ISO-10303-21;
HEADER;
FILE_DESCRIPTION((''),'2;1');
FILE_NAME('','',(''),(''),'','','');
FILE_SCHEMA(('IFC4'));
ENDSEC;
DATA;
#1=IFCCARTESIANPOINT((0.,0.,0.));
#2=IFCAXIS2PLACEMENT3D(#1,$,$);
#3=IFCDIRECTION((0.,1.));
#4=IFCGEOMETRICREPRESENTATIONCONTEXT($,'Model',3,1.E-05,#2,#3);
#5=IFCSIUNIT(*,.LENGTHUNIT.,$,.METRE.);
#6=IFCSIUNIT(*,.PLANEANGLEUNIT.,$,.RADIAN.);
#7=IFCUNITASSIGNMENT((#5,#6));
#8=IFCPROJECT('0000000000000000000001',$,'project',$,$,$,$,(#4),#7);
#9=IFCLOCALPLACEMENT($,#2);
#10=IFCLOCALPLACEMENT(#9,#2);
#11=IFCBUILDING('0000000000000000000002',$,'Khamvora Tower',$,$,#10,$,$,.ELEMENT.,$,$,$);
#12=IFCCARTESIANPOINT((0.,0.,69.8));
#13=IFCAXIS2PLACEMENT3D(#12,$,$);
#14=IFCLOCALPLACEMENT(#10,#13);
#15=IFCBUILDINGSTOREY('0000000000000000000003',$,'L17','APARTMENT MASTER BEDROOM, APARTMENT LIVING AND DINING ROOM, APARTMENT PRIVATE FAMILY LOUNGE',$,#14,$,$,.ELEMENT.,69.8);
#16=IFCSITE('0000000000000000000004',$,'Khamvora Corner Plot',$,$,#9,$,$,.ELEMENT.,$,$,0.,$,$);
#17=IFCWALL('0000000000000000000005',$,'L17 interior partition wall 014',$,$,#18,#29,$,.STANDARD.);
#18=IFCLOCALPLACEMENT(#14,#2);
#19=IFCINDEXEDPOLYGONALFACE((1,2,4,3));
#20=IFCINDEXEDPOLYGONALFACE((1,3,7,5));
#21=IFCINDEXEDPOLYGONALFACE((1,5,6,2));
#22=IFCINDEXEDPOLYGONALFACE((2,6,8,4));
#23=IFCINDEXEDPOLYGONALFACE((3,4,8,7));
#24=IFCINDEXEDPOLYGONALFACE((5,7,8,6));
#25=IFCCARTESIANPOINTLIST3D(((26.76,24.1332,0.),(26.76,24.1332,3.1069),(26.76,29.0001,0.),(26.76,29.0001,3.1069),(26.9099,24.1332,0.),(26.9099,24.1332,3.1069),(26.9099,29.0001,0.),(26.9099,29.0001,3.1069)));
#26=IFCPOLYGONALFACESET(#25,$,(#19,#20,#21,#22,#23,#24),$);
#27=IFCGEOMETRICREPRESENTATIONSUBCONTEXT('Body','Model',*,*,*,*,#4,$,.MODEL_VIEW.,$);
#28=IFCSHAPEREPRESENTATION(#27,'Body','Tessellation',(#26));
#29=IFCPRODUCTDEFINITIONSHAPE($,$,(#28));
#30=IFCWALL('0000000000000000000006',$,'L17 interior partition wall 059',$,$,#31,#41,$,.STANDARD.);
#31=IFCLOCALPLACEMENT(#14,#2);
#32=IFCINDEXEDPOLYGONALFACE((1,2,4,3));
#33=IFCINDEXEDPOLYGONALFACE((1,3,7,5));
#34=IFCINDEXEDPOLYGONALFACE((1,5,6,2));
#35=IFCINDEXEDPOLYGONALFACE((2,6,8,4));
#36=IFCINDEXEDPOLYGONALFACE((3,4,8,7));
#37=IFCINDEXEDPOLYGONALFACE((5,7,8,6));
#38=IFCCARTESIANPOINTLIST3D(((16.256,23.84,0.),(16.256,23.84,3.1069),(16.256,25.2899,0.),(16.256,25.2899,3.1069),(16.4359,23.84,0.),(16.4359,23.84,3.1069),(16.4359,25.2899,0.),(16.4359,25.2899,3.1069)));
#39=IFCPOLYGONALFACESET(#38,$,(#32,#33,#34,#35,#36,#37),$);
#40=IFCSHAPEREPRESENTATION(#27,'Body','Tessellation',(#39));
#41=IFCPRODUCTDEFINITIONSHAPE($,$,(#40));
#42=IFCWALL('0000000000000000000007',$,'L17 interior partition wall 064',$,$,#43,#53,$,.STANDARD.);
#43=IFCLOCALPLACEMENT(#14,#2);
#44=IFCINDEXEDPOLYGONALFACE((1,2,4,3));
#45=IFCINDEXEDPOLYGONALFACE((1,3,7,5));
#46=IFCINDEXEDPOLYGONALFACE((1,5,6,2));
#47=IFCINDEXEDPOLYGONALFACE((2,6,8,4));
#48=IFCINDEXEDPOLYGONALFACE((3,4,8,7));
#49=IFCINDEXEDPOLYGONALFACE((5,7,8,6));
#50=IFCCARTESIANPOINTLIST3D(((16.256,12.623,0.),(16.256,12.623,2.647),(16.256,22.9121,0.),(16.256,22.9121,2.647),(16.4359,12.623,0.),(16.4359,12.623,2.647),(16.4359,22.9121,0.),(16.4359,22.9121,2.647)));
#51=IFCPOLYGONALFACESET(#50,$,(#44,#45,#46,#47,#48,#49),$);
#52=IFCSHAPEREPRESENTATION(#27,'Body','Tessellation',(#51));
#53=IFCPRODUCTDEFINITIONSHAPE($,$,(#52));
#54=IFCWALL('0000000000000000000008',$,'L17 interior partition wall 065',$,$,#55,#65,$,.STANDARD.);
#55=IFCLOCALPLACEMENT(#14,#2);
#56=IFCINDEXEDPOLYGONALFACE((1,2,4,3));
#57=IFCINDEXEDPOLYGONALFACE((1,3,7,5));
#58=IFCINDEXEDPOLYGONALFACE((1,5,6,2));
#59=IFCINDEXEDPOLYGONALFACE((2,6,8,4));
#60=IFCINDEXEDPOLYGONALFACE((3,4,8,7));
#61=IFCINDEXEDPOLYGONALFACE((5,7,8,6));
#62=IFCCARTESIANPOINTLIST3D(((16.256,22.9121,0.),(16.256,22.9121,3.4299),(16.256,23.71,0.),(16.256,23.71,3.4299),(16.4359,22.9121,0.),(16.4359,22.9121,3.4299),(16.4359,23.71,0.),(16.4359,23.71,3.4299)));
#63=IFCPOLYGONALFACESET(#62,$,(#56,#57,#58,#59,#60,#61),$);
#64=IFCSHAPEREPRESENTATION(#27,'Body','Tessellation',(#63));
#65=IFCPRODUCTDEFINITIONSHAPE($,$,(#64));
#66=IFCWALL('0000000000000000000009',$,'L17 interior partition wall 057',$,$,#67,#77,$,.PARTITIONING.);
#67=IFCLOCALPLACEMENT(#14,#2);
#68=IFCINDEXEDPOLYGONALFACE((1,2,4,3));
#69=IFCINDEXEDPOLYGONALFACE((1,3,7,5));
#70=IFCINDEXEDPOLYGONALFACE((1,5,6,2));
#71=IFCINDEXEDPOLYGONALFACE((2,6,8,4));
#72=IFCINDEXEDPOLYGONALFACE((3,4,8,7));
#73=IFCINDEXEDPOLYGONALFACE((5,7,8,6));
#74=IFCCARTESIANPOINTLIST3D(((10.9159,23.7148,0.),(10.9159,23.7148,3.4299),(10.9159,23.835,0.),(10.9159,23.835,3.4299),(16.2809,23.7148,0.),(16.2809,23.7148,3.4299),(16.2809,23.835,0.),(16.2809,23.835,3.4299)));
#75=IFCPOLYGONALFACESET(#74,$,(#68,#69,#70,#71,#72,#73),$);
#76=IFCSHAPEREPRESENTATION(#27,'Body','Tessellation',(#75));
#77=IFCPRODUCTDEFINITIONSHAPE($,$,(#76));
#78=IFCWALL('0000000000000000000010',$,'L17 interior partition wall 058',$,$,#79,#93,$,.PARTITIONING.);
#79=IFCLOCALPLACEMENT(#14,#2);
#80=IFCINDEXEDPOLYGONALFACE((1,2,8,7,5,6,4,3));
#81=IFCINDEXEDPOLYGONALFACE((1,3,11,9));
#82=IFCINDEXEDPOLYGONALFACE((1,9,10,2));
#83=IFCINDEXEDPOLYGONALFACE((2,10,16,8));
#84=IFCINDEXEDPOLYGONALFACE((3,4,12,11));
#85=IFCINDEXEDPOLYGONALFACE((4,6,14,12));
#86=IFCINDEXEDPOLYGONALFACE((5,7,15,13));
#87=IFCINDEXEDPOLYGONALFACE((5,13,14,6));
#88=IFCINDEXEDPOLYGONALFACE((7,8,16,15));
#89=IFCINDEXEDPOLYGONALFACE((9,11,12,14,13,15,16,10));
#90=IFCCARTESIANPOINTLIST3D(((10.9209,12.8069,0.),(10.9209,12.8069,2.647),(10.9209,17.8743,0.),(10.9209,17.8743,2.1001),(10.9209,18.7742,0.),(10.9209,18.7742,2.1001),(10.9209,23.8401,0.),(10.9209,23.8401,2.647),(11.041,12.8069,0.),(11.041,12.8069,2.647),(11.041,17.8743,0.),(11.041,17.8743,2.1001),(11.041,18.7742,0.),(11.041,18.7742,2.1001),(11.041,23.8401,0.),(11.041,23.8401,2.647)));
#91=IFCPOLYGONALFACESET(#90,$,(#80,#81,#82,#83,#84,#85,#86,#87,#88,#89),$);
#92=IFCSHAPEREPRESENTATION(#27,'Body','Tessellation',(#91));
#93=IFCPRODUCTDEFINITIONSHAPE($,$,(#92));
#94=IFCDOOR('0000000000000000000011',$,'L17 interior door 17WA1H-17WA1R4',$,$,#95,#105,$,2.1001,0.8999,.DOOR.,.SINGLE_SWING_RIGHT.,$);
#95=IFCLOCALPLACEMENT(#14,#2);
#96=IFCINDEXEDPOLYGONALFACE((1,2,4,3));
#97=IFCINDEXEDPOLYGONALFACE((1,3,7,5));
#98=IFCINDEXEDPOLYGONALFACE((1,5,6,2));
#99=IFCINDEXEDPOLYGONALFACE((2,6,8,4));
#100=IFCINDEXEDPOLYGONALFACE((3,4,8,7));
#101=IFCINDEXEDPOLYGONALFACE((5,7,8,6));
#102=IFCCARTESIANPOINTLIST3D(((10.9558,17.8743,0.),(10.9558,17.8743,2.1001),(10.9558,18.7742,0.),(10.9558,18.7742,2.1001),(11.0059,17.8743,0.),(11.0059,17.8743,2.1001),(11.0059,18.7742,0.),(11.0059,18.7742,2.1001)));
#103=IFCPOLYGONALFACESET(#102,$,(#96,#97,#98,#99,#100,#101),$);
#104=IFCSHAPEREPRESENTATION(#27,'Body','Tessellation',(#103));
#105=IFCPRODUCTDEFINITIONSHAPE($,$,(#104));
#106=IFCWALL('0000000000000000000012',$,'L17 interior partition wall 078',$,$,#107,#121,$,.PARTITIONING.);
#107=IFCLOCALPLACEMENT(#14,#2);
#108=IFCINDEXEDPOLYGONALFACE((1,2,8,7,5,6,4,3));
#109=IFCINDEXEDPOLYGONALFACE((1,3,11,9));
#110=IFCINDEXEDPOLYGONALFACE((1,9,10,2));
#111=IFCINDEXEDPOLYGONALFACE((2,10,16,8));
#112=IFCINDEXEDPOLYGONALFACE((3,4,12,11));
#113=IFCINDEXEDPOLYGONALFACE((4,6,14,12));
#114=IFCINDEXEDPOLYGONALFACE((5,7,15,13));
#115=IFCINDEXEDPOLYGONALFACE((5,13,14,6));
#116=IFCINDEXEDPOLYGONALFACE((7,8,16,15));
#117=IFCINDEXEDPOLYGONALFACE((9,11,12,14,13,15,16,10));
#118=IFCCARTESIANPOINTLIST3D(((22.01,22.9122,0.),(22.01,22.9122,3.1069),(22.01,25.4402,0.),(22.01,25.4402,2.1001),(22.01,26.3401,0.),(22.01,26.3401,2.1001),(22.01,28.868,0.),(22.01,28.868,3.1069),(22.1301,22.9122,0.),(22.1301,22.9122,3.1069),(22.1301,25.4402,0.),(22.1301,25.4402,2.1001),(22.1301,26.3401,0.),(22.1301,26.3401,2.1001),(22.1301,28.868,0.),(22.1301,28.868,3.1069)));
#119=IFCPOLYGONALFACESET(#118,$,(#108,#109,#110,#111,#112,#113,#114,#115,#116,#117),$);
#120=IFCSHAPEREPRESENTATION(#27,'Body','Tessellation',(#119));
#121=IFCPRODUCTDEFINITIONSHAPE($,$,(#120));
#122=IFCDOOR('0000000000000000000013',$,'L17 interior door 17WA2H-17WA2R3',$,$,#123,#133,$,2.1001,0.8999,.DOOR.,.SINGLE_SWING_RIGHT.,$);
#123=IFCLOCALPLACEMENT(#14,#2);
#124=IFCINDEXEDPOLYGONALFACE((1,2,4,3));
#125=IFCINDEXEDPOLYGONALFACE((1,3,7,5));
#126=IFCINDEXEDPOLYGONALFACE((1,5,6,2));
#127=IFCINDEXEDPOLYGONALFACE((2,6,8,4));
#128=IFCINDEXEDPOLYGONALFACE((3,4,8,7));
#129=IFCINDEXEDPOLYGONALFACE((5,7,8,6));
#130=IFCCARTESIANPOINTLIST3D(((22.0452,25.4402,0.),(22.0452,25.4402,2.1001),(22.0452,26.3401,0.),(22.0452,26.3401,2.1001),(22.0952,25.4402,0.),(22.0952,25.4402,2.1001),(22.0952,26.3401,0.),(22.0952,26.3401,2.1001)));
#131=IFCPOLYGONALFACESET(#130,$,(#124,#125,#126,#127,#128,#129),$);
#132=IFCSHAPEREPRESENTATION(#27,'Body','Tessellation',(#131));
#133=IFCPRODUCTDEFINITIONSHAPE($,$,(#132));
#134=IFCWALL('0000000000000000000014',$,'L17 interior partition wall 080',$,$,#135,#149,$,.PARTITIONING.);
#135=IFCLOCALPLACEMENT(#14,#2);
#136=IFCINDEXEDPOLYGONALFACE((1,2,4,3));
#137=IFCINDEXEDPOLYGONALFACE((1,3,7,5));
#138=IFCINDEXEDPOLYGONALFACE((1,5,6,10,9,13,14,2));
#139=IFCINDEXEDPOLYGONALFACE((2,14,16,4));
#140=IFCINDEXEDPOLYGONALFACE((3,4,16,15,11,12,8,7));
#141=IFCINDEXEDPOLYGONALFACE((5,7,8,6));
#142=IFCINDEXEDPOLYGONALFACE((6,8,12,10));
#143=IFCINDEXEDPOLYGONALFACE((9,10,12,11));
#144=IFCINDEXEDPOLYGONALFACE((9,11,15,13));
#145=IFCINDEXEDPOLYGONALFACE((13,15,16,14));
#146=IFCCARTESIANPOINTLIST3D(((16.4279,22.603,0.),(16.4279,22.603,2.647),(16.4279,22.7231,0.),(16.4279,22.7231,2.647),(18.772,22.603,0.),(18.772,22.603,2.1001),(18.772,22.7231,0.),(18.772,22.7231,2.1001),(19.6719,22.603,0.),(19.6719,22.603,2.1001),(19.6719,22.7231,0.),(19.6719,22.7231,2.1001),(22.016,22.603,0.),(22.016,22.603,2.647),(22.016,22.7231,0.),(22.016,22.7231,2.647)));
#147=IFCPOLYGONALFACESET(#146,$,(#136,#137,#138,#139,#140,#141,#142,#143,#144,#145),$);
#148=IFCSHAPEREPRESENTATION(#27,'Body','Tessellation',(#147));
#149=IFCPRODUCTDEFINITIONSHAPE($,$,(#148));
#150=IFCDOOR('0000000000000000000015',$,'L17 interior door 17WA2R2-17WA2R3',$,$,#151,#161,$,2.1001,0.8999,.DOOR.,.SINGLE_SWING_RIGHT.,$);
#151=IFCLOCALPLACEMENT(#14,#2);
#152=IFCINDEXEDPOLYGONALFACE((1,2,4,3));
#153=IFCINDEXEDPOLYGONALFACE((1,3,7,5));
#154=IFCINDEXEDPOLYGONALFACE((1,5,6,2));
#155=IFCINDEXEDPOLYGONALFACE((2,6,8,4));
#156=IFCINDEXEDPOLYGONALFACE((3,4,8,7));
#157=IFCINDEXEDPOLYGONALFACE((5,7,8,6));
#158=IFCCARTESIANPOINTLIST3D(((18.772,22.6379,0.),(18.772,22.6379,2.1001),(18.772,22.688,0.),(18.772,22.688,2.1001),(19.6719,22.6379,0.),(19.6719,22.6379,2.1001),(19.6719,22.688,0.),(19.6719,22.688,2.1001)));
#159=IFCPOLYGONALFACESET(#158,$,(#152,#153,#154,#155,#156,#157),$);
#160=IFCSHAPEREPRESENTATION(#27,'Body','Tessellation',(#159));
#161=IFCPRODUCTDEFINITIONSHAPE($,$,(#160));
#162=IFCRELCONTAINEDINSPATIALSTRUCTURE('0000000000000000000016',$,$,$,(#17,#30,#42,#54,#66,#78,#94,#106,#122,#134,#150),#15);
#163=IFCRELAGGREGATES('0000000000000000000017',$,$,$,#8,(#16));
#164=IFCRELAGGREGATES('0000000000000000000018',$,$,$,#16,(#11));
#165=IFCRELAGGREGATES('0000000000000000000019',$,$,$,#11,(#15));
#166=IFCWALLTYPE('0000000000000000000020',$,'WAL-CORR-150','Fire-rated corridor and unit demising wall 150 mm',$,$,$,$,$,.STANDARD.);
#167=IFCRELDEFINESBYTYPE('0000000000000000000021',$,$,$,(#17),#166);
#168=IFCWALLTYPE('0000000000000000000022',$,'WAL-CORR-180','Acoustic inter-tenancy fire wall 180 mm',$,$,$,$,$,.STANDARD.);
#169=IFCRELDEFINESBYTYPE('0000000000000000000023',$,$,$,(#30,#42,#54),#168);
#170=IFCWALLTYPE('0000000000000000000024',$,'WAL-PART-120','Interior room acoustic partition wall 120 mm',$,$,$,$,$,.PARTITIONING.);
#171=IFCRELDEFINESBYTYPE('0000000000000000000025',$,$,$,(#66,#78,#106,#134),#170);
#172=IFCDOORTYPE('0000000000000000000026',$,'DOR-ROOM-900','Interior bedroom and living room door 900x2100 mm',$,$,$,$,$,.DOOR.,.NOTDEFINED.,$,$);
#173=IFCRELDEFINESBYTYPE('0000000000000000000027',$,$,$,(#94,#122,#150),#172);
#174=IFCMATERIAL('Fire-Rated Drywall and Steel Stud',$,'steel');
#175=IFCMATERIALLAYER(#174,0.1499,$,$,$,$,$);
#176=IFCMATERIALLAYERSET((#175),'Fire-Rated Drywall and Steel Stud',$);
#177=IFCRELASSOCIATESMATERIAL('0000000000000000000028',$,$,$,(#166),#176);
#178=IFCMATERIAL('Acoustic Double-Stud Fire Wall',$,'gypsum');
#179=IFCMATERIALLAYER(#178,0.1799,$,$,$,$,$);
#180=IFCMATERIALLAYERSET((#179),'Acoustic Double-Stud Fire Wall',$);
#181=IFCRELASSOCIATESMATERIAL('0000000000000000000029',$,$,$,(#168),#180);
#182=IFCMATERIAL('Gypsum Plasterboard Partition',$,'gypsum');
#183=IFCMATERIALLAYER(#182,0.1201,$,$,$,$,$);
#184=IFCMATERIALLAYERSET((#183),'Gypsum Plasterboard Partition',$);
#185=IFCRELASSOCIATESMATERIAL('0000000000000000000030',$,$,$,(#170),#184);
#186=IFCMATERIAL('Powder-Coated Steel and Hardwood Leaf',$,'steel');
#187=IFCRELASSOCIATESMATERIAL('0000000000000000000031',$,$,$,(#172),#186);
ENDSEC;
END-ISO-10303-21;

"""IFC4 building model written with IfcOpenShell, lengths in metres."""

from ifc_helpers import new_model, si_unit, direction, frame, frame_2d, origin, place, context, subcontext, project, spatial, rectangle, extrude, material, layer, layer_set, type_object, element, fill, save


model = new_model("IFC4")

# Units and contexts
model_context = context("Model", 3, precision=1e-05, world=origin(), true_north=direction((0.0, 1.0)))
body_context = subcontext(model_context, "Body", "Model", "MODEL_VIEW")
ifc_project = project(units=[si_unit("LENGTHUNIT", "METRE"), si_unit("PLANEANGLEUNIT", "RADIAN")], contexts=[model_context])

# Site, building, storey
site_placement = place(None, origin())
site = spatial("IfcSite", under=ifc_project, at=site_placement, Name="Khamvora Corner Plot", CompositionType="ELEMENT", RefElevation=0.0)
building_placement = place(site_placement, origin())
building = spatial("IfcBuilding", under=site, at=building_placement, Name="Khamvora Tower", CompositionType="ELEMENT")
storey_placement = place(building_placement, frame((0.0, 0.0, 69.8)))
storey = spatial("IfcBuildingStorey", under=building, at=storey_placement, Name="L17", Description="APARTMENT MASTER BEDROOM, APARTMENT LIVING AND DINING ROOM, APARTMENT PRIVATE FAMILY LOUNGE", CompositionType="ELEMENT", Elevation=69.8)

# Shared definitions
ifc_material_1 = material(Name="Fire-Rated Drywall and Steel Stud", Category="steel")
ifc_layer_1 = layer(ifc_material_1, 0.1499)
ifc_layer_set_1 = layer_set([ifc_layer_1], Name="Fire-Rated Drywall and Steel Stud")
wall_type_1 = type_object("IfcWallType", Name="WAL-CORR-150", Description="Fire-rated corridor and unit demising wall 150 mm", PredefinedType="STANDARD", material=ifc_layer_set_1)
ifc_material_2 = material(Name="Powder-Coated Steel and Hardwood Leaf", Category="steel")

# Walls
wall_1_placement = place(storey_placement, frame((26.835, 24.1331, 0.0), z_axis=(0.0, 0.0, 1.0), x_axis=(0.0, 1.0, 0.0)))
element("IfcWall", 1, at=wall_1_placement, inside=storey, type_object=wall_type_1, Name="L17 interior partition wall 014", PredefinedType="STANDARD", context=body_context, shape_type="SweptSolid", body=[
    extrude(rectangle(XDim=4.8669, YDim=0.1499, at=frame_2d((2.4336, 0.0))), origin(), (0.0, 0.0, 1.0), 3.1069),
])
ifc_material_3 = material(Name="Acoustic Double-Stud Fire Wall", Category="gypsum")
ifc_layer_2 = layer(ifc_material_3, 0.1799)
ifc_layer_set_2 = layer_set([ifc_layer_2], Name="Acoustic Double-Stud Fire Wall")
wall_type_2 = type_object("IfcWallType", Name="WAL-CORR-180", Description="Acoustic inter-tenancy fire wall 180 mm", PredefinedType="STANDARD", material=ifc_layer_set_2)
wall_2_placement = place(storey_placement, frame((16.3459, 25.29, 0.0), z_axis=(0.0, 0.0, 1.0), x_axis=(0.0, -1.0, 0.0)))
element("IfcWall", 2, at=wall_2_placement, inside=storey, type_object=wall_type_2, Name="L17 interior partition wall 059", PredefinedType="STANDARD", context=body_context, shape_type="SweptSolid", body=[
    extrude(rectangle(XDim=1.45, YDim=0.1799, at=frame_2d((0.7251, 0.0))), origin(), (0.0, 0.0, 1.0), 3.1069),
])
wall_3_placement = place(storey_placement, frame((16.3459, 22.9121, 0.0), z_axis=(0.0, 0.0, 1.0), x_axis=(0.0, -1.0, 0.0)))
element("IfcWall", 3, at=wall_3_placement, inside=storey, type_object=wall_type_2, Name="L17 interior partition wall 064", PredefinedType="STANDARD", context=body_context, shape_type="SweptSolid", body=[
    extrude(rectangle(XDim=10.2891, YDim=0.1799, at=frame_2d((5.1445, 0.0))), origin(), (0.0, 0.0, 1.0), 2.647),
])
wall_4_placement = place(storey_placement, frame((16.3459, 23.71, 0.0), z_axis=(0.0, 0.0, 1.0), x_axis=(0.0, -1.0, 0.0)))
element("IfcWall", 4, at=wall_4_placement, inside=storey, type_object=wall_type_2, Name="L17 interior partition wall 065", PredefinedType="STANDARD", context=body_context, shape_type="SweptSolid", body=[
    extrude(rectangle(XDim=0.7979, YDim=0.1799, at=frame_2d((0.3989, 0.0))), origin(), (0.0, 0.0, 1.0), 3.4299),
])
ifc_material_4 = material(Name="Gypsum Plasterboard Partition", Category="gypsum")
ifc_layer_3 = layer(ifc_material_4, 0.1201)
ifc_layer_set_3 = layer_set([ifc_layer_3], Name="Gypsum Plasterboard Partition")
wall_type_3 = type_object("IfcWallType", Name="WAL-PART-120", Description="Interior room acoustic partition wall 120 mm", PredefinedType="PARTITIONING", material=ifc_layer_set_3)
wall_5_placement = place(storey_placement, frame((16.281, 23.7749, 0.0), z_axis=(0.0, 0.0, 1.0), x_axis=(-1.0, 0.0, 0.0)))
element("IfcWall", 5, at=wall_5_placement, inside=storey, type_object=wall_type_3, Name="L17 interior partition wall 057", PredefinedType="PARTITIONING", context=body_context, shape_type="SweptSolid", body=[
    extrude(rectangle(XDim=5.365, YDim=0.1201, at=frame_2d((2.6826, 0.0))), origin(), (0.0, 0.0, 1.0), 3.4299),
])

# Walls, openings, doors
wall_6_placement = place(storey_placement, frame((10.981, 23.8401, 0.0), z_axis=(0.0, 0.0, 1.0), x_axis=(0.0, -1.0, 0.0)))
wall_6 = element("IfcWall", 6, at=wall_6_placement, inside=storey, type_object=wall_type_3, Name="L17 interior partition wall 058", PredefinedType="PARTITIONING", context=body_context, shape_type="SweptSolid", body=[
    extrude(rectangle(XDim=11.0332, YDim=0.1201, at=frame_2d((5.5166, 0.0))), origin(), (0.0, 0.0, 1.0), 2.647),
])
opening_1_placement = place(wall_6_placement, frame((5.0659, 0.0, 0.0)))
opening_1 = element("IfcOpeningElement", 7, at=opening_1_placement, cuts=wall_6, PredefinedType="OPENING", context=body_context, shape_type="SweptSolid", body=[
    extrude(rectangle(XDim=0.8999, YDim=2.1001, at=frame_2d((0.45, 1.05))), frame((0.0, 0.0701, 0.0), z_axis=(0.0, -1.0, 0.0), x_axis=(1.0, 0.0, 0.0)), (0.0, 0.0, 1.0), 0.1401),
])
door_type_1 = type_object("IfcDoorType", Name="DOR-ROOM-900", Description="Interior bedroom and living room door 900x2100 mm", OperationType="NOTDEFINED", PredefinedType="DOOR", material=ifc_material_2)
door_1_placement = place(opening_1_placement, origin())
door_1 = element("IfcDoor", 8, at=door_1_placement, inside=storey, type_object=door_type_1, Name="L17 interior door 17WA1H-17WA1R4", OperationType="SINGLE_SWING_RIGHT", OverallHeight=2.1001, OverallWidth=0.8999, PredefinedType="DOOR", context=body_context, shape_type="SweptSolid", body=[
    extrude(rectangle(XDim=0.8999, YDim=2.1001, at=frame_2d((0.45, 1.05))), frame((0.0, 0.0249, 0.0), z_axis=(0.0, -1.0, 0.0), x_axis=(1.0, 0.0, 0.0)), (0.0, 0.0, 1.0), 0.05),
])
fill(opening_1, door_1)
wall_7_placement = place(storey_placement, frame((22.0701, 22.9121, 0.0), z_axis=(0.0, 0.0, 1.0), x_axis=(0.0, 1.0, 0.0)))
wall_7 = element("IfcWall", 9, at=wall_7_placement, inside=storey, type_object=wall_type_3, Name="L17 interior partition wall 078", PredefinedType="PARTITIONING", context=body_context, shape_type="SweptSolid", body=[
    extrude(rectangle(XDim=5.9558, YDim=0.1201, at=frame_2d((2.978, 0.0))), origin(), (0.0, 0.0, 1.0), 3.1069),
])
opening_2_placement = place(wall_7_placement, frame((2.5281, 0.0, 0.0)))
opening_2 = element("IfcOpeningElement", 10, at=opening_2_placement, cuts=wall_7, PredefinedType="OPENING", context=body_context, shape_type="SweptSolid", body=[
    extrude(rectangle(XDim=0.8999, YDim=2.1001, at=frame_2d((0.45, 1.05))), frame((0.0, 0.0701, 0.0), z_axis=(0.0, -1.0, 0.0), x_axis=(1.0, 0.0, 0.0)), (0.0, 0.0, 1.0), 0.1401),
])
door_2_placement = place(opening_2_placement, origin())
door_2 = element("IfcDoor", 11, at=door_2_placement, inside=storey, type_object=door_type_1, Name="L17 interior door 17WA2H-17WA2R3", OperationType="SINGLE_SWING_RIGHT", OverallHeight=2.1001, OverallWidth=0.8999, PredefinedType="DOOR", context=body_context, shape_type="SweptSolid", body=[
    extrude(rectangle(XDim=0.8999, YDim=2.1001, at=frame_2d((0.45, 1.05))), frame((0.0, 0.0249, 0.0), z_axis=(0.0, -1.0, 0.0), x_axis=(1.0, 0.0, 0.0)), (0.0, 0.0, 1.0), 0.05),
])
fill(opening_2, door_2)
wall_8_placement = place(storey_placement, frame((16.428, 22.6631, 0.0), z_axis=(0.0, 0.0, 1.0), x_axis=(1.0, 0.0, 0.0)))
wall_8 = element("IfcWall", 12, at=wall_8_placement, inside=storey, type_object=wall_type_3, Name="L17 interior partition wall 080", PredefinedType="PARTITIONING", context=body_context, shape_type="SweptSolid", body=[
    extrude(rectangle(XDim=5.5881, YDim=0.1201, at=frame_2d((2.7939, 0.0))), origin(), (0.0, 0.0, 1.0), 2.647),
])
opening_3_placement = place(wall_8_placement, frame((2.344, 0.0, 0.0)))
opening_3 = element("IfcOpeningElement", 13, at=opening_3_placement, cuts=wall_8, PredefinedType="OPENING", context=body_context, shape_type="SweptSolid", body=[
    extrude(rectangle(XDim=0.8999, YDim=2.1001, at=frame_2d((0.45, 1.05))), frame((0.0, 0.0701, 0.0), z_axis=(0.0, -1.0, 0.0), x_axis=(1.0, 0.0, 0.0)), (0.0, 0.0, 1.0), 0.1401),
])
door_3_placement = place(opening_3_placement, origin())
door_3 = element("IfcDoor", 14, at=door_3_placement, inside=storey, type_object=door_type_1, Name="L17 interior door 17WA2R2-17WA2R3", OperationType="SINGLE_SWING_RIGHT", OverallHeight=2.1001, OverallWidth=0.8999, PredefinedType="DOOR", context=body_context, shape_type="SweptSolid", body=[
    extrude(rectangle(XDim=0.8999, YDim=2.1001, at=frame_2d((0.45, 1.05))), frame((0.0, 0.0249, 0.0), z_axis=(0.0, -1.0, 0.0), x_axis=(1.0, 0.0, 0.0)), (0.0, 0.0, 1.0), 0.05),
])
fill(opening_3, door_3)

save(model, "model.ifc")
